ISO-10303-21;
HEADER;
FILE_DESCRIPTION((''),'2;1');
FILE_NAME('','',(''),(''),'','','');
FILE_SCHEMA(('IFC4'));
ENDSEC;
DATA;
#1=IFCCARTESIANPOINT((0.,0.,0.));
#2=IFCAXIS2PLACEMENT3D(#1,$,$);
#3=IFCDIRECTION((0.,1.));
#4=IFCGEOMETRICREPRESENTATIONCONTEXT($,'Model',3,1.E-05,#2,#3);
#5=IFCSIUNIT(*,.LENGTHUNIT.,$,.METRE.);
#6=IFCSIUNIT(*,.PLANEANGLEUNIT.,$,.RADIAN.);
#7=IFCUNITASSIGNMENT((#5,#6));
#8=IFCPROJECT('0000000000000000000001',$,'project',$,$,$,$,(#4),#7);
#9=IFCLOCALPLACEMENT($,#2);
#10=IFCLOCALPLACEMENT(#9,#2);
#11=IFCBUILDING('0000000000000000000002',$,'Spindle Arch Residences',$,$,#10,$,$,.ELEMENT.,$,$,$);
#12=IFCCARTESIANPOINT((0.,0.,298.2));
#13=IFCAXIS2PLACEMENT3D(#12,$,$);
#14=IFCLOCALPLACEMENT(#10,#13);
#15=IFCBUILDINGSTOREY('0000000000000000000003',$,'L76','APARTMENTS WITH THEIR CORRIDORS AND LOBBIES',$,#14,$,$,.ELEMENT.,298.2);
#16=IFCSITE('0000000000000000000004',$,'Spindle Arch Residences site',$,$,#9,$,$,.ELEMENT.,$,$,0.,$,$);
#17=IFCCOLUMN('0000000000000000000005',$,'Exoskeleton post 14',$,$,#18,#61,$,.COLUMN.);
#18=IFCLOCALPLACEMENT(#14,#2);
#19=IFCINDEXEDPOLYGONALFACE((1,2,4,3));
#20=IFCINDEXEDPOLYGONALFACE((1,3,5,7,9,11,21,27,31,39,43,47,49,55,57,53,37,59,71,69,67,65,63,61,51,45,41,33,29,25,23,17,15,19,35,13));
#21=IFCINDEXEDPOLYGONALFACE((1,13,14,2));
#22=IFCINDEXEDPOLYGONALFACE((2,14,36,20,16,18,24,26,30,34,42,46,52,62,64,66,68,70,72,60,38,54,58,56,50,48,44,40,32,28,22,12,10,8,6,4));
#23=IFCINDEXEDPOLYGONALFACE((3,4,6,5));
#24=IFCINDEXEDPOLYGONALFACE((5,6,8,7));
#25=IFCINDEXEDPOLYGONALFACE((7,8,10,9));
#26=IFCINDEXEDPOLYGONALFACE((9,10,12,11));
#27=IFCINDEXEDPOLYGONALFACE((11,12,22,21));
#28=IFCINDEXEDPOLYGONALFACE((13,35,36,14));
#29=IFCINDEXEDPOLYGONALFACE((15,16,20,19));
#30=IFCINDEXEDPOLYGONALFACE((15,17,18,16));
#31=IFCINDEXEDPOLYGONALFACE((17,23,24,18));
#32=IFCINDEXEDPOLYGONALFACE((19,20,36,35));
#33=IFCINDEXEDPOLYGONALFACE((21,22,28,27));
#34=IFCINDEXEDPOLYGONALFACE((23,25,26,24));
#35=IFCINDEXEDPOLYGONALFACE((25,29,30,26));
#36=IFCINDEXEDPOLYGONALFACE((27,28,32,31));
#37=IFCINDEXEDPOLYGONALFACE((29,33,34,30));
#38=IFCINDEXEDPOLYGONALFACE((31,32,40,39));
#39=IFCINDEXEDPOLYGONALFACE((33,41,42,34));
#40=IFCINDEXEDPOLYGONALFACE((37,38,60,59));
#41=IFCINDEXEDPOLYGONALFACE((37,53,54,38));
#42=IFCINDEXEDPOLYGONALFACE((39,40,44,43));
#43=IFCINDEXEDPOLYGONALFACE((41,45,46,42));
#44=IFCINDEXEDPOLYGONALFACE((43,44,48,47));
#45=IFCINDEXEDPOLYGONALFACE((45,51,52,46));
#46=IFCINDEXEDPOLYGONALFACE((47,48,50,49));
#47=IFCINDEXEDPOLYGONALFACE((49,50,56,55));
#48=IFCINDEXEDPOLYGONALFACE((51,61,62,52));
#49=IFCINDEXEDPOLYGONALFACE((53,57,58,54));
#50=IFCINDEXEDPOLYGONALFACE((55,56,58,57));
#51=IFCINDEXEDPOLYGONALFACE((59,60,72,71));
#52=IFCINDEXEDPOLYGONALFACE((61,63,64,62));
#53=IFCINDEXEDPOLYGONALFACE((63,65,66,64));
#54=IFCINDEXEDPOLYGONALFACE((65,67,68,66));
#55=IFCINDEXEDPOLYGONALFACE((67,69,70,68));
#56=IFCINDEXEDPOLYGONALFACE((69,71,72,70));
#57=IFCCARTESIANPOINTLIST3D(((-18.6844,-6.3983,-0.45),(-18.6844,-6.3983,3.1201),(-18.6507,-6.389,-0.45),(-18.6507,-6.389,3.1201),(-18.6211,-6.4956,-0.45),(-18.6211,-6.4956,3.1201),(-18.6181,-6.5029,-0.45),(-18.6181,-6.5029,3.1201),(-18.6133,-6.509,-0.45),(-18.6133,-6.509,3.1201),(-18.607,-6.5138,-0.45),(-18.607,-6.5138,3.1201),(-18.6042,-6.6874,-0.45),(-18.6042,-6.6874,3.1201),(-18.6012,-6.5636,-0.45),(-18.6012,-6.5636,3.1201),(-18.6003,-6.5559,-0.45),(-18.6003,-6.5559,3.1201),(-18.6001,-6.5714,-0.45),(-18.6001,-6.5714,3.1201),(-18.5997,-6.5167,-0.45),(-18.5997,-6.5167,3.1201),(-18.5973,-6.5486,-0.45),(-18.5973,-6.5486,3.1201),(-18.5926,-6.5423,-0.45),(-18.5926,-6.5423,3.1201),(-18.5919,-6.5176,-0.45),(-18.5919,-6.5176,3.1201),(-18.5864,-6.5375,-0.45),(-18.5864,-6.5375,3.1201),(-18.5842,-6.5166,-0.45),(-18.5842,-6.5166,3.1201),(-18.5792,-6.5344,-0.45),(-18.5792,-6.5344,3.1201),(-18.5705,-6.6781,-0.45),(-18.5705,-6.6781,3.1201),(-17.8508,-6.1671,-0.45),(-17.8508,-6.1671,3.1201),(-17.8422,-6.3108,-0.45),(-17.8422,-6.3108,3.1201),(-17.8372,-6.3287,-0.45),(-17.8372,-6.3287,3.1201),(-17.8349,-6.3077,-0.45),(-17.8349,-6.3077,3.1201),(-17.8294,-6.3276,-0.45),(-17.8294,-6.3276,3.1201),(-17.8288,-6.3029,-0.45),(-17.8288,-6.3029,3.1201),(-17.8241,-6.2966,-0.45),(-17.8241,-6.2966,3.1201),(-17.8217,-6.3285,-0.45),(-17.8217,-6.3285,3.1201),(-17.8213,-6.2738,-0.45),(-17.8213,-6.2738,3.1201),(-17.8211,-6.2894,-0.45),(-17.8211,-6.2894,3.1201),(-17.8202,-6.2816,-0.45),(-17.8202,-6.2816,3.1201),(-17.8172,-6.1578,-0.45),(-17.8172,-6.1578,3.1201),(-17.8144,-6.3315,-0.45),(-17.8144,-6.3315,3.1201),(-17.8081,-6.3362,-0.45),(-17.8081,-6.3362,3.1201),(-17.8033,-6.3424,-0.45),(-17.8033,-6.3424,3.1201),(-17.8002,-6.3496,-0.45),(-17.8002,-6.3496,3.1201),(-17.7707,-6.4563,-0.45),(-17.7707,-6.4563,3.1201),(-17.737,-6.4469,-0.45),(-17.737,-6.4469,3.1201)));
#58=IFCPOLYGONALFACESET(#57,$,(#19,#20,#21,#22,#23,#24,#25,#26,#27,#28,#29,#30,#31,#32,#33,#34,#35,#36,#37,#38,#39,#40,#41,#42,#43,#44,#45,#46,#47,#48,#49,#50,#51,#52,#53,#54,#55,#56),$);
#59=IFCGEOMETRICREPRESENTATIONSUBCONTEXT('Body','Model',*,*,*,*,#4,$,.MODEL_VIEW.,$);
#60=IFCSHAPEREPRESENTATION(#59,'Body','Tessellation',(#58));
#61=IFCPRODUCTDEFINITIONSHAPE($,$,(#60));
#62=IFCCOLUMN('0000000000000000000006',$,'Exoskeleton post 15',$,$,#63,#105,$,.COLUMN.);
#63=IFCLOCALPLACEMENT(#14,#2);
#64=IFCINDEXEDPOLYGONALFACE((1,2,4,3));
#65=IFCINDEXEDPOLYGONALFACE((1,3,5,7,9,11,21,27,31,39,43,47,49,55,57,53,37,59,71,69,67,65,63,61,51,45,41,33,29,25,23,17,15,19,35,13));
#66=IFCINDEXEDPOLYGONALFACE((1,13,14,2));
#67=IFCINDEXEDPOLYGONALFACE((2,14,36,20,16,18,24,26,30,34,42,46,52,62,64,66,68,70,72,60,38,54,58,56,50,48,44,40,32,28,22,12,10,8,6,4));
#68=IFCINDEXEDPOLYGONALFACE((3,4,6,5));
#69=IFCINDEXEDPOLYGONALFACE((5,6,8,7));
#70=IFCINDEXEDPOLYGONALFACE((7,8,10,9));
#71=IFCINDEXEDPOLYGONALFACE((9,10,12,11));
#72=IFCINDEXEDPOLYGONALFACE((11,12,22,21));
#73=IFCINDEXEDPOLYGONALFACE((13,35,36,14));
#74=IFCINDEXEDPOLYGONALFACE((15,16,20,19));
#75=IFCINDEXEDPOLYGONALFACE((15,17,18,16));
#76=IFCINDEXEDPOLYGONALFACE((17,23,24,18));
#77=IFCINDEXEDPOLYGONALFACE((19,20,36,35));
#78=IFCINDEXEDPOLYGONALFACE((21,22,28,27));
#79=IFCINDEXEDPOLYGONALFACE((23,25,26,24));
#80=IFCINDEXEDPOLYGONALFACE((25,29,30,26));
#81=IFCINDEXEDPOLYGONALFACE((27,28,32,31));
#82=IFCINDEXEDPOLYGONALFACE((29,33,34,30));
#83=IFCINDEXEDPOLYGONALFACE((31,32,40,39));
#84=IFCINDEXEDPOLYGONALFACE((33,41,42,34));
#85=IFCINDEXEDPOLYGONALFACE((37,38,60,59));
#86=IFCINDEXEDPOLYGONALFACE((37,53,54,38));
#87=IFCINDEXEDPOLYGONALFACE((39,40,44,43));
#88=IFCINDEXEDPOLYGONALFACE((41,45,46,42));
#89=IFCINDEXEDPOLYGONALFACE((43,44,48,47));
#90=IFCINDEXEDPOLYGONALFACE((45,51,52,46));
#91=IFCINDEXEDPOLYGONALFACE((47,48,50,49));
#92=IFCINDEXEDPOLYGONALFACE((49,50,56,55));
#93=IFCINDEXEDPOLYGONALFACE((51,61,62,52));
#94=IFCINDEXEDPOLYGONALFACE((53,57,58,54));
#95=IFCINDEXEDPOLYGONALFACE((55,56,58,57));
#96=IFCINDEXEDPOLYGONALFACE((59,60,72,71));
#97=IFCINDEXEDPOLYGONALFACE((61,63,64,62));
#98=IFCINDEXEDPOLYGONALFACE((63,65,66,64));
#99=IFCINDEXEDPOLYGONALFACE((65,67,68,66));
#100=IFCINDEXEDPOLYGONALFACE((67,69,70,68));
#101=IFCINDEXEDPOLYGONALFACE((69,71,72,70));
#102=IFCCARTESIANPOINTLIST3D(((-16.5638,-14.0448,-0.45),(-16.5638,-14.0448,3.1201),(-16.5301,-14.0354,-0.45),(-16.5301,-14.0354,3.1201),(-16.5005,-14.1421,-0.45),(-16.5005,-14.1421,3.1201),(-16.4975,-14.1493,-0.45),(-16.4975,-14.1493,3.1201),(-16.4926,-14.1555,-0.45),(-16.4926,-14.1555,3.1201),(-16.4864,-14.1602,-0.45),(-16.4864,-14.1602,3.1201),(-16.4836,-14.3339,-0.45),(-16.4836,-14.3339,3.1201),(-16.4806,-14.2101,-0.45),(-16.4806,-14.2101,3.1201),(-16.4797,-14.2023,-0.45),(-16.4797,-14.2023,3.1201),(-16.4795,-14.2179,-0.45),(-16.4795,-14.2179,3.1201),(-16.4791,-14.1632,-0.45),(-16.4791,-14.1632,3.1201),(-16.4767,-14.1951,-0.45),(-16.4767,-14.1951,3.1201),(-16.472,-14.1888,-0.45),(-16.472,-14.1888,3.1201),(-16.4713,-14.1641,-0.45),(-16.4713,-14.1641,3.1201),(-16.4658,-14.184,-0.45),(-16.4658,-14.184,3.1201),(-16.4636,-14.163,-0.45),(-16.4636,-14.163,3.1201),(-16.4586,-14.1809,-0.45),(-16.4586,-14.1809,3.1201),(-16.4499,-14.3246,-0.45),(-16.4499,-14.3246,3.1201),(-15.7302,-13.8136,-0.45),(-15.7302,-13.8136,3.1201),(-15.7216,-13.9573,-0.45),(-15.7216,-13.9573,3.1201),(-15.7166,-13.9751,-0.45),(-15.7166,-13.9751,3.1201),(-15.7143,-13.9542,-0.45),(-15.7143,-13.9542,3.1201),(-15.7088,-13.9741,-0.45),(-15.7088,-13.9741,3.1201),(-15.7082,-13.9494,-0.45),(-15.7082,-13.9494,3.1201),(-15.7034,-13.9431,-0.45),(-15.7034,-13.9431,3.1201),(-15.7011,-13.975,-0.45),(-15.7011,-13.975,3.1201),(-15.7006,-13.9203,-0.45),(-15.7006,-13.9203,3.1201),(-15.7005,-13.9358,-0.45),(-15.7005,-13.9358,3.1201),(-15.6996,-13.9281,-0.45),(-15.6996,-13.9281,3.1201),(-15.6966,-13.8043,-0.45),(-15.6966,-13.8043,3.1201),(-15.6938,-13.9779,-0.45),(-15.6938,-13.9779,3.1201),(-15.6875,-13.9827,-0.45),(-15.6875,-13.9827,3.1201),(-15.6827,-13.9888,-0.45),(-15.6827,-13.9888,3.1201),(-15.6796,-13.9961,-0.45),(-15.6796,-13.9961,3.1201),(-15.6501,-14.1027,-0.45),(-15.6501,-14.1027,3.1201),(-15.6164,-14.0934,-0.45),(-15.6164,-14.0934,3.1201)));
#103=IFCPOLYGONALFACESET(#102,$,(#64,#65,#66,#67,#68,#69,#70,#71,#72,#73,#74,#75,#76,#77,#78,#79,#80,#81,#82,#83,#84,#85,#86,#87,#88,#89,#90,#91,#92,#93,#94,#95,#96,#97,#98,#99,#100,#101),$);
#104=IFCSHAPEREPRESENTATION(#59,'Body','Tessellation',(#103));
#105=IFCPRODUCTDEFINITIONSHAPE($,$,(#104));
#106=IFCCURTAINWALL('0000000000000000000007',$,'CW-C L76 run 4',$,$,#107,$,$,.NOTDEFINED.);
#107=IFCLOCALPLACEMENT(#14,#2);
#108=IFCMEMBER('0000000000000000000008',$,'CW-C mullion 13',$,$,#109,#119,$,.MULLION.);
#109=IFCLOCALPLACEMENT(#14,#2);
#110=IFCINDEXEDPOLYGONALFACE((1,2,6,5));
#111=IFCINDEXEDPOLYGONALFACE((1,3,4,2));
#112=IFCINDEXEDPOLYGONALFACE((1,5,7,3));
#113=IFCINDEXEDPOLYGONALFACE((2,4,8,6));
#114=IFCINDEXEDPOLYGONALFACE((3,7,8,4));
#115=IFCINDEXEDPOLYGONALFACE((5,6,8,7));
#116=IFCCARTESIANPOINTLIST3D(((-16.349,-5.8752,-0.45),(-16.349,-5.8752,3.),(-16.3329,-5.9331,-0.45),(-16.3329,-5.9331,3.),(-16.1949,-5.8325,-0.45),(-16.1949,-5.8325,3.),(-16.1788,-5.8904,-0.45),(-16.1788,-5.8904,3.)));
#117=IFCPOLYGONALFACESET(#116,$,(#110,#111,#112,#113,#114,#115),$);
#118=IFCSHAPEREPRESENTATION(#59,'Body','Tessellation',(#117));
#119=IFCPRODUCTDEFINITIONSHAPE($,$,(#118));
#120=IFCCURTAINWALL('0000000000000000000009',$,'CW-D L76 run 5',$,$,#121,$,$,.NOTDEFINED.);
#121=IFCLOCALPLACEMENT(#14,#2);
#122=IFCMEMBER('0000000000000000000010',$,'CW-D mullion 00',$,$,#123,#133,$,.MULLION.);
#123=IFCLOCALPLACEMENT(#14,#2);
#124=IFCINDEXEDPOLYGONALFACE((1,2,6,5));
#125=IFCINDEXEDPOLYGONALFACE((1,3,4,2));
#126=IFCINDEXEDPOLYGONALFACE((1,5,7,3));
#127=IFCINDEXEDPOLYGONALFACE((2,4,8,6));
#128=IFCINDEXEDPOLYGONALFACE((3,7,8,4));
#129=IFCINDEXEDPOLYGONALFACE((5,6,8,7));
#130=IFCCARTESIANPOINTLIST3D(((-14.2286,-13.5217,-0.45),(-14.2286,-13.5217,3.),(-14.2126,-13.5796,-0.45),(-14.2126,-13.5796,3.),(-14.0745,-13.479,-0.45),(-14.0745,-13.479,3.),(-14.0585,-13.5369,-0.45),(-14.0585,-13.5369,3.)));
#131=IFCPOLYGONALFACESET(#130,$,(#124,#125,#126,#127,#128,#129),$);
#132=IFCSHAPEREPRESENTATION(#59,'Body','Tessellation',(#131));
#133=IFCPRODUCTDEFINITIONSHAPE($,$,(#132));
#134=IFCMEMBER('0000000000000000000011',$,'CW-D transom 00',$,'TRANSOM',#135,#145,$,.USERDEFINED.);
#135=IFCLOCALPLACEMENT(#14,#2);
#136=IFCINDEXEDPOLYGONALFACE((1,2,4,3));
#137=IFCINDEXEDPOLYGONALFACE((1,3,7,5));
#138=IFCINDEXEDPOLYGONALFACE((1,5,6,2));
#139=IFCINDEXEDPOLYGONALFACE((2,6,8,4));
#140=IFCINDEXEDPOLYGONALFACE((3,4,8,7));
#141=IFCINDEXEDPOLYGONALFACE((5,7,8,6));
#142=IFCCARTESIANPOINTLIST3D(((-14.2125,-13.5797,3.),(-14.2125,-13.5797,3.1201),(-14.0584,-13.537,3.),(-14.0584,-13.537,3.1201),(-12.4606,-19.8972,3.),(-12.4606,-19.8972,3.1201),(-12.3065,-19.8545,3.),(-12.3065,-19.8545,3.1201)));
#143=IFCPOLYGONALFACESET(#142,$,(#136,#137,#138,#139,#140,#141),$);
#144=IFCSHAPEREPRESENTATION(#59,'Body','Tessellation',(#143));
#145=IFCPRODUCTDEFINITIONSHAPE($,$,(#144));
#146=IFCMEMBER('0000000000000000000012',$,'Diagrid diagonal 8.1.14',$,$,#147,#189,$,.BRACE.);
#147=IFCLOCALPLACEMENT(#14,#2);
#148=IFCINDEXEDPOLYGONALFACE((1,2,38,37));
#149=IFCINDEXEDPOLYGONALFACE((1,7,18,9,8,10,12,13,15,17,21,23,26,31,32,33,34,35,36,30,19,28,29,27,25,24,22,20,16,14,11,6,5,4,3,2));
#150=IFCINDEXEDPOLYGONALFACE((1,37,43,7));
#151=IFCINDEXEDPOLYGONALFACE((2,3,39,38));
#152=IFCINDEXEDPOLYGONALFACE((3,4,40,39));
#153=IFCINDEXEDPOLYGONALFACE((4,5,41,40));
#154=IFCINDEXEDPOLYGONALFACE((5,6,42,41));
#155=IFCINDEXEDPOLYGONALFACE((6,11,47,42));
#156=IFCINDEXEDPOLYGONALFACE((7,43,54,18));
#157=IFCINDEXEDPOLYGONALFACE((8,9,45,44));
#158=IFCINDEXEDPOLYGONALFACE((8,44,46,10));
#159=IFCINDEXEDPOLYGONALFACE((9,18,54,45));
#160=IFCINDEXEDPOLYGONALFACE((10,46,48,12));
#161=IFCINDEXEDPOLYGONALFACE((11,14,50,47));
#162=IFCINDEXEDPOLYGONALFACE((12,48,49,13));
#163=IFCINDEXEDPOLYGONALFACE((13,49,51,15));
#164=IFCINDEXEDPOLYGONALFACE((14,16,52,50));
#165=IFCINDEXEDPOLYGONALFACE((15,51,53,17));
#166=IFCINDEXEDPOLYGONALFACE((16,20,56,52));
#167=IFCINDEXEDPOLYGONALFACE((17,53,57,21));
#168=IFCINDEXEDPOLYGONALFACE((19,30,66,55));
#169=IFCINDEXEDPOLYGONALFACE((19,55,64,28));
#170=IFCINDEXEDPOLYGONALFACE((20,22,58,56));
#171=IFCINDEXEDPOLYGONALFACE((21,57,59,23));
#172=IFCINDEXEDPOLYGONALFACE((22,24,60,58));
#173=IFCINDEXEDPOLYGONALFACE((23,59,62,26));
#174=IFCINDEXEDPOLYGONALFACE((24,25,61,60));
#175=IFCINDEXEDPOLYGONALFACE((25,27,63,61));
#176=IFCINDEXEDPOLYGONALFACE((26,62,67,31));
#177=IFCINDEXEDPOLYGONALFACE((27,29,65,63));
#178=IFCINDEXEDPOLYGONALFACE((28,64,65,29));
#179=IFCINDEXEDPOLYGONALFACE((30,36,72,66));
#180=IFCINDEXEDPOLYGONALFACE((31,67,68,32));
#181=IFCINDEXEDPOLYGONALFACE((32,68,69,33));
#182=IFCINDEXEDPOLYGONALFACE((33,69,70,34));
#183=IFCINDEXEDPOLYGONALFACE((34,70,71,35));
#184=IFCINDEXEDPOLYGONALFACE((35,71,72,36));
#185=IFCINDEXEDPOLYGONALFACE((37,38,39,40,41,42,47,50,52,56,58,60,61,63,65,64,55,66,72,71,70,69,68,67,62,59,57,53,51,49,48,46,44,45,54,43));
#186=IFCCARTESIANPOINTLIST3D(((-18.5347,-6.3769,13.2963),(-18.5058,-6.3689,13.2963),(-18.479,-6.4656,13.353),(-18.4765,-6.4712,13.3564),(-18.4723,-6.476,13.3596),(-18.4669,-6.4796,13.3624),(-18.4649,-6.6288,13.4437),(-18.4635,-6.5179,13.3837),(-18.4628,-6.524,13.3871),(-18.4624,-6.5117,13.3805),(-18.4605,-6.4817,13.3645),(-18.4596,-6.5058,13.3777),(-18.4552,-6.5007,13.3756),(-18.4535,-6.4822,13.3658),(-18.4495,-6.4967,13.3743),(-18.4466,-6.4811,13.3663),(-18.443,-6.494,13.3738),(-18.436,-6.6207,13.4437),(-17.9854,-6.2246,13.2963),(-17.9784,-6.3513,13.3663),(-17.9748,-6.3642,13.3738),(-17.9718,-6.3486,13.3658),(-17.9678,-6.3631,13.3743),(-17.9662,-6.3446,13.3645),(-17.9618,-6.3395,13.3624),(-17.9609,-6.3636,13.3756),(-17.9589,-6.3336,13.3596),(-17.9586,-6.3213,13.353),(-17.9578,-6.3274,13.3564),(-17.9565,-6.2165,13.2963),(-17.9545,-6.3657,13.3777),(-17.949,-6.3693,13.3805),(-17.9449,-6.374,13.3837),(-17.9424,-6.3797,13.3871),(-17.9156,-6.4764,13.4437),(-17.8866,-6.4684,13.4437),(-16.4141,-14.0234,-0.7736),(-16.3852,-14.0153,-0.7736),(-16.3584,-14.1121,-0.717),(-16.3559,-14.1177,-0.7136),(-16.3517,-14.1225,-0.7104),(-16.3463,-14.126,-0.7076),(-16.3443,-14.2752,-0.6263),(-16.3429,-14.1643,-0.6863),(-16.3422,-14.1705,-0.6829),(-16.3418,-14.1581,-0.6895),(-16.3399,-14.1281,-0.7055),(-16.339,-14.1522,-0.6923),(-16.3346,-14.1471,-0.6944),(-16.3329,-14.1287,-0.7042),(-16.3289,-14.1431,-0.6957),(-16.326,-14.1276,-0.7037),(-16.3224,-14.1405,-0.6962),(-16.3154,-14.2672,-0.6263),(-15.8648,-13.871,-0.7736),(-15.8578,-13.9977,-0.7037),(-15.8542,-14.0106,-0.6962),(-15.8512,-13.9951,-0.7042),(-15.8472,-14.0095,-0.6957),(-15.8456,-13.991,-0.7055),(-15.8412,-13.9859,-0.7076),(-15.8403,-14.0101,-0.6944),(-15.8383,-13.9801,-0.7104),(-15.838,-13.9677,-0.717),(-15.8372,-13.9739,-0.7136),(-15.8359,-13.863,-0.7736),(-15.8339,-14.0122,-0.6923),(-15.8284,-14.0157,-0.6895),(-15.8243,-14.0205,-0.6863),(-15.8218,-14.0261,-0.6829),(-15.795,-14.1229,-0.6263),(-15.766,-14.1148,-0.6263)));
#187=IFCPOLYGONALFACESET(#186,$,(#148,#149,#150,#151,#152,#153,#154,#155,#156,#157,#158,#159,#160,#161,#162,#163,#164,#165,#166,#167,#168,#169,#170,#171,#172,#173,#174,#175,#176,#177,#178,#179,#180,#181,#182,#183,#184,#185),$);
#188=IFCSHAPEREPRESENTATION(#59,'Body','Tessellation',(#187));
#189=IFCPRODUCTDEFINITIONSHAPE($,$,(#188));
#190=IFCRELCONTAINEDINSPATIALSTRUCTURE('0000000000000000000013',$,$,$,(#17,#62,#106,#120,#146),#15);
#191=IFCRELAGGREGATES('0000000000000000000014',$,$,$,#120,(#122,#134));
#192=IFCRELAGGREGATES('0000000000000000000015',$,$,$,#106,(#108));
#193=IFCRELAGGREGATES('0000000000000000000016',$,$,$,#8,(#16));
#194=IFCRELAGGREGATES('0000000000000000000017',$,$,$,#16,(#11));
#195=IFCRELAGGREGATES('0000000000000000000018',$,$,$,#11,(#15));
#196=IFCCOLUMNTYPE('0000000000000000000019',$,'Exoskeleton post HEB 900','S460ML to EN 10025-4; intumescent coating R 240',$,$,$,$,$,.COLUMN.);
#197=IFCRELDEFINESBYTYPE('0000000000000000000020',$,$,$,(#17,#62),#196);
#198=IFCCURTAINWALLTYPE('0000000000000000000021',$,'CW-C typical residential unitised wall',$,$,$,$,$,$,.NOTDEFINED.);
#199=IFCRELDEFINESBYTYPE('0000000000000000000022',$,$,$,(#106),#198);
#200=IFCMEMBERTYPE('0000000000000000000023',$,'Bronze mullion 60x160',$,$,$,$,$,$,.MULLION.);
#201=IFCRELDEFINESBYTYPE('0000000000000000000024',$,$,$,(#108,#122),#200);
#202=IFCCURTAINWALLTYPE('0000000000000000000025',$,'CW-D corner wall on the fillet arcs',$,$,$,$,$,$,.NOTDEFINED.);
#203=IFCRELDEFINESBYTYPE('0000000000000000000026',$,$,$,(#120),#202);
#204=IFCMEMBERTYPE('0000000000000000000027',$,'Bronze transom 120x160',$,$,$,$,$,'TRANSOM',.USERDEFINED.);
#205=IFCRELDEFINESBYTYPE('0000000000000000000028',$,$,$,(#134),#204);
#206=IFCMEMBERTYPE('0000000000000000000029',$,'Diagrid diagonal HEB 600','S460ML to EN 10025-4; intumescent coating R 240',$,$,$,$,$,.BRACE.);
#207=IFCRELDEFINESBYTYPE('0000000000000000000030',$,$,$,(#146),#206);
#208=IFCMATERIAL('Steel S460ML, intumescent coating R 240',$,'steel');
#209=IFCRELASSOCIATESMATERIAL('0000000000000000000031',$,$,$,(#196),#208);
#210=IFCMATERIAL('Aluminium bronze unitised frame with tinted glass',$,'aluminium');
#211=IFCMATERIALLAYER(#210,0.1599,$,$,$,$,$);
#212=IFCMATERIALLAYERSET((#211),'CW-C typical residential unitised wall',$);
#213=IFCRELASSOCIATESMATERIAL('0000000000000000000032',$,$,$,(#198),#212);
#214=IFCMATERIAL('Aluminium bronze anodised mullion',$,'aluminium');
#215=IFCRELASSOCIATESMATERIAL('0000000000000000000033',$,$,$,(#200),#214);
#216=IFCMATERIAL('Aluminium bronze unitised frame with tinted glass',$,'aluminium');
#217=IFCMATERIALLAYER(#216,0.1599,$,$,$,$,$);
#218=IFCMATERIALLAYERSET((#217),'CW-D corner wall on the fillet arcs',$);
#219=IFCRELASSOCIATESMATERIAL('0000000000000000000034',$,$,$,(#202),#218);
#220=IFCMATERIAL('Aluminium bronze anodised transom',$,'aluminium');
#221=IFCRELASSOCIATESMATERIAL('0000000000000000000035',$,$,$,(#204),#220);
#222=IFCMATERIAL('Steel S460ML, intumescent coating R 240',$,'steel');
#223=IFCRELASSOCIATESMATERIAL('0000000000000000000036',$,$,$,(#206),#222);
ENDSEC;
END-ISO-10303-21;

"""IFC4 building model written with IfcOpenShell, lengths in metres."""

from ifc_helpers import new_model, si_unit, direction, frame, origin, origin_2d, place, context, subcontext, project, spatial, rectangle, i_section, extrude, material, layer, layer_set, material_profile, profile_set, type_object, element, aggregate, save


model = new_model("IFC4")

# Units and contexts
model_context = context("Model", 3, precision=1e-05, world=origin(), true_north=direction((0.0, 1.0)))
body_context = subcontext(model_context, "Body", "Model", "MODEL_VIEW")
ifc_project = project(units=[si_unit("LENGTHUNIT", "METRE"), si_unit("PLANEANGLEUNIT", "RADIAN")], contexts=[model_context])

# Site, building, storey
site_placement = place(None, origin())
site = spatial("IfcSite", under=ifc_project, at=site_placement, Name="Spindle Arch Residences site", CompositionType="ELEMENT", RefElevation=0.0)
building_placement = place(site_placement, origin())
building = spatial("IfcBuilding", under=site, at=building_placement, Name="Spindle Arch Residences", CompositionType="ELEMENT")
storey_placement = place(building_placement, frame((0.0, 0.0, 298.2)))
storey = spatial("IfcBuildingStorey", under=building, at=storey_placement, Name="L76", Description="APARTMENTS WITH THEIR CORRIDORS AND LOBBIES", CompositionType="ELEMENT", Elevation=298.2)

# Columns
ifc_material_1 = material(Name="Steel S460ML, intumescent coating R 240", Category="steel")
ifc_material_profile_1 = material_profile(ifc_material_1, i_section(OverallWidth=0.3, OverallDepth=0.8999, WebThickness=0.0186, FlangeThickness=0.0349, FilletRadius=0.03, at=origin_2d()), Name="HEB 900")
ifc_profile_set_1 = profile_set([ifc_material_profile_1], Name="Steel S460ML, intumescent coating R 240")
column_type = type_object("IfcColumnType", Name="Exoskeleton post HEB 900", Description="S460ML to EN 10025-4; intumescent coating R 240", PredefinedType="COLUMN", material=ifc_profile_set_1)
for number, where, z_axis, x_axis, name in (
    (1, (-18.2107, -6.4226, -0.45), (0.0, 0.0, 1.0), (-0.267238, 0.963631, 0.0), "Exoskeleton post 14"),
    (2, (-16.0901, -14.0691, -0.45), (0.0, 0.0, 1.0), (-0.267238, 0.963631, 0.0), "Exoskeleton post 15"),
):
    element("IfcColumn", number, at=place(storey_placement, frame(where, z_axis=z_axis, x_axis=x_axis)), inside=storey, type_object=column_type, Name=name, PredefinedType="COLUMN", context=body_context, shape_type="SweptSolid", body=[
        extrude(i_section(OverallWidth=0.3, OverallDepth=0.8999, WebThickness=0.0186, FlangeThickness=0.0349, FilletRadius=0.03, at=origin_2d()), origin(), (0.0, 0.0, 1.0), 3.5701),
    ])

# Curtain wall, member
ifc_material_2 = material(Name="Aluminium bronze unitised frame with tinted glass", Category="aluminium")
ifc_layer_1 = layer(ifc_material_2, 0.1599)
ifc_layer_set_1 = layer_set([ifc_layer_1], Name="CW-C typical residential unitised wall")
curtain_wall_type_1 = type_object("IfcCurtainWallType", Name="CW-C typical residential unitised wall", PredefinedType="NOTDEFINED", material=ifc_layer_set_1)
curtain_wall_1_placement = place(storey_placement, origin())
curtain_wall_1 = element("IfcCurtainWall", 3, at=curtain_wall_1_placement, inside=storey, type_object=curtain_wall_type_1, Name="CW-C L76 run 4", PredefinedType="NOTDEFINED")
ifc_material_3 = material(Name="Aluminium bronze anodised mullion", Category="aluminium")
ifc_material_profile_2 = material_profile(ifc_material_3, rectangle(XDim=0.1599, YDim=0.0601, at=origin_2d()), Name="MU 60x160")
ifc_profile_set_2 = profile_set([ifc_material_profile_2], Name="Aluminium bronze anodised mullion")
member_type_1 = type_object("IfcMemberType", Name="Bronze mullion 60x160", PredefinedType="MULLION", material=ifc_profile_set_2)
member_1_placement = place(storey_placement, frame((-16.2639, -5.8828, -0.45), z_axis=(0.0, 0.0, 1.0), x_axis=(0.96363, 0.267238, 0.0)))
member_1 = element("IfcMember", 4, at=member_1_placement, type_object=member_type_1, Name="CW-C mullion 13", PredefinedType="MULLION", context=body_context, shape_type="SweptSolid", body=[
    extrude(rectangle(XDim=0.1599, YDim=0.0601, at=origin_2d()), origin(), (0.0, 0.0, 1.0), 3.45),
])

# Curtain wall, members
ifc_material_4 = material(Name="Aluminium bronze unitised frame with tinted glass", Category="aluminium")
ifc_layer_2 = layer(ifc_material_4, 0.1599)
ifc_layer_set_2 = layer_set([ifc_layer_2], Name="CW-D corner wall on the fillet arcs")
curtain_wall_type_2 = type_object("IfcCurtainWallType", Name="CW-D corner wall on the fillet arcs", PredefinedType="NOTDEFINED", material=ifc_layer_set_2)
curtain_wall_2_placement = place(storey_placement, origin())
curtain_wall_2 = element("IfcCurtainWall", 5, at=curtain_wall_2_placement, inside=storey, type_object=curtain_wall_type_2, Name="CW-D L76 run 5", PredefinedType="NOTDEFINED")
member_2_placement = place(storey_placement, frame((-14.1436, -13.5293, -0.45), z_axis=(0.0, 0.0, 1.0), x_axis=(0.96363, 0.267238, 0.0)))
member_2 = element("IfcMember", 6, at=member_2_placement, type_object=member_type_1, Name="CW-D mullion 00", PredefinedType="MULLION", context=body_context, shape_type="SweptSolid", body=[
    extrude(rectangle(XDim=0.1599, YDim=0.0601, at=origin_2d()), origin(), (0.0, 0.0, 1.0), 3.45),
])
ifc_material_5 = material(Name="Aluminium bronze anodised transom", Category="aluminium")
ifc_material_profile_3 = material_profile(ifc_material_5, rectangle(XDim=0.1599, YDim=0.1201, at=origin_2d()), Name="TR 120x160")
ifc_profile_set_3 = profile_set([ifc_material_profile_3], Name="Aluminium bronze anodised transom")
member_type_2 = type_object("IfcMemberType", Name="Bronze transom 120x160", ElementType="TRANSOM", PredefinedType="USERDEFINED", material=ifc_profile_set_3)
member_3_placement = place(storey_placement, frame((-14.1355, -13.5583, 3.0601), z_axis=(0.267237, -0.963631, 0.0), x_axis=(0.963631, 0.267237, 0.0)))
member_3 = element("IfcMember", 7, at=member_3_placement, type_object=member_type_2, Name="CW-D transom 00", ObjectType="TRANSOM", PredefinedType="USERDEFINED", context=body_context, shape_type="SweptSolid", body=[
    extrude(rectangle(XDim=0.1599, YDim=0.1201, at=origin_2d()), origin(), (0.0, 0.0, 1.0), 6.5559),
])
aggregate(curtain_wall_2, [member_2, member_3])

# Member
ifc_material_6 = material(Name="Steel S460ML, intumescent coating R 240", Category="steel")
ifc_material_profile_4 = material_profile(ifc_material_6, i_section(OverallWidth=0.3, OverallDepth=0.6001, WebThickness=0.0154, FlangeThickness=0.03, FilletRadius=0.0271, at=origin_2d()), Name="HEB 600")
ifc_profile_set_4 = profile_set([ifc_material_profile_4], Name="Steel S460ML, intumescent coating R 240")
member_type_3 = type_object("IfcMemberType", Name="Diagrid diagonal HEB 600", Description="S460ML to EN 10025-4; intumescent coating R 240", PredefinedType="BRACE", material=ifc_profile_set_4)
member_4_placement = place(storey_placement, frame((-16.0901, -14.0691, -0.7), z_axis=(-0.131279, 0.473367, 0.871028), x_axis=(0.232777, -0.839348, 0.491233)))
element("IfcMember", 8, at=member_4_placement, inside=storey, type_object=member_type_3, Name="Diagrid diagonal 8.1.14", PredefinedType="BRACE", context=body_context, shape_type="SweptSolid", body=[
    extrude(i_section(OverallWidth=0.3, OverallDepth=0.6001, WebThickness=0.0154, FlangeThickness=0.03, FilletRadius=0.0271, at=origin_2d()), origin(), (0.0, 0.0, 1.0), 16.1533),
])

aggregate(curtain_wall_1, [member_1])

save(model, "model.ifc")
